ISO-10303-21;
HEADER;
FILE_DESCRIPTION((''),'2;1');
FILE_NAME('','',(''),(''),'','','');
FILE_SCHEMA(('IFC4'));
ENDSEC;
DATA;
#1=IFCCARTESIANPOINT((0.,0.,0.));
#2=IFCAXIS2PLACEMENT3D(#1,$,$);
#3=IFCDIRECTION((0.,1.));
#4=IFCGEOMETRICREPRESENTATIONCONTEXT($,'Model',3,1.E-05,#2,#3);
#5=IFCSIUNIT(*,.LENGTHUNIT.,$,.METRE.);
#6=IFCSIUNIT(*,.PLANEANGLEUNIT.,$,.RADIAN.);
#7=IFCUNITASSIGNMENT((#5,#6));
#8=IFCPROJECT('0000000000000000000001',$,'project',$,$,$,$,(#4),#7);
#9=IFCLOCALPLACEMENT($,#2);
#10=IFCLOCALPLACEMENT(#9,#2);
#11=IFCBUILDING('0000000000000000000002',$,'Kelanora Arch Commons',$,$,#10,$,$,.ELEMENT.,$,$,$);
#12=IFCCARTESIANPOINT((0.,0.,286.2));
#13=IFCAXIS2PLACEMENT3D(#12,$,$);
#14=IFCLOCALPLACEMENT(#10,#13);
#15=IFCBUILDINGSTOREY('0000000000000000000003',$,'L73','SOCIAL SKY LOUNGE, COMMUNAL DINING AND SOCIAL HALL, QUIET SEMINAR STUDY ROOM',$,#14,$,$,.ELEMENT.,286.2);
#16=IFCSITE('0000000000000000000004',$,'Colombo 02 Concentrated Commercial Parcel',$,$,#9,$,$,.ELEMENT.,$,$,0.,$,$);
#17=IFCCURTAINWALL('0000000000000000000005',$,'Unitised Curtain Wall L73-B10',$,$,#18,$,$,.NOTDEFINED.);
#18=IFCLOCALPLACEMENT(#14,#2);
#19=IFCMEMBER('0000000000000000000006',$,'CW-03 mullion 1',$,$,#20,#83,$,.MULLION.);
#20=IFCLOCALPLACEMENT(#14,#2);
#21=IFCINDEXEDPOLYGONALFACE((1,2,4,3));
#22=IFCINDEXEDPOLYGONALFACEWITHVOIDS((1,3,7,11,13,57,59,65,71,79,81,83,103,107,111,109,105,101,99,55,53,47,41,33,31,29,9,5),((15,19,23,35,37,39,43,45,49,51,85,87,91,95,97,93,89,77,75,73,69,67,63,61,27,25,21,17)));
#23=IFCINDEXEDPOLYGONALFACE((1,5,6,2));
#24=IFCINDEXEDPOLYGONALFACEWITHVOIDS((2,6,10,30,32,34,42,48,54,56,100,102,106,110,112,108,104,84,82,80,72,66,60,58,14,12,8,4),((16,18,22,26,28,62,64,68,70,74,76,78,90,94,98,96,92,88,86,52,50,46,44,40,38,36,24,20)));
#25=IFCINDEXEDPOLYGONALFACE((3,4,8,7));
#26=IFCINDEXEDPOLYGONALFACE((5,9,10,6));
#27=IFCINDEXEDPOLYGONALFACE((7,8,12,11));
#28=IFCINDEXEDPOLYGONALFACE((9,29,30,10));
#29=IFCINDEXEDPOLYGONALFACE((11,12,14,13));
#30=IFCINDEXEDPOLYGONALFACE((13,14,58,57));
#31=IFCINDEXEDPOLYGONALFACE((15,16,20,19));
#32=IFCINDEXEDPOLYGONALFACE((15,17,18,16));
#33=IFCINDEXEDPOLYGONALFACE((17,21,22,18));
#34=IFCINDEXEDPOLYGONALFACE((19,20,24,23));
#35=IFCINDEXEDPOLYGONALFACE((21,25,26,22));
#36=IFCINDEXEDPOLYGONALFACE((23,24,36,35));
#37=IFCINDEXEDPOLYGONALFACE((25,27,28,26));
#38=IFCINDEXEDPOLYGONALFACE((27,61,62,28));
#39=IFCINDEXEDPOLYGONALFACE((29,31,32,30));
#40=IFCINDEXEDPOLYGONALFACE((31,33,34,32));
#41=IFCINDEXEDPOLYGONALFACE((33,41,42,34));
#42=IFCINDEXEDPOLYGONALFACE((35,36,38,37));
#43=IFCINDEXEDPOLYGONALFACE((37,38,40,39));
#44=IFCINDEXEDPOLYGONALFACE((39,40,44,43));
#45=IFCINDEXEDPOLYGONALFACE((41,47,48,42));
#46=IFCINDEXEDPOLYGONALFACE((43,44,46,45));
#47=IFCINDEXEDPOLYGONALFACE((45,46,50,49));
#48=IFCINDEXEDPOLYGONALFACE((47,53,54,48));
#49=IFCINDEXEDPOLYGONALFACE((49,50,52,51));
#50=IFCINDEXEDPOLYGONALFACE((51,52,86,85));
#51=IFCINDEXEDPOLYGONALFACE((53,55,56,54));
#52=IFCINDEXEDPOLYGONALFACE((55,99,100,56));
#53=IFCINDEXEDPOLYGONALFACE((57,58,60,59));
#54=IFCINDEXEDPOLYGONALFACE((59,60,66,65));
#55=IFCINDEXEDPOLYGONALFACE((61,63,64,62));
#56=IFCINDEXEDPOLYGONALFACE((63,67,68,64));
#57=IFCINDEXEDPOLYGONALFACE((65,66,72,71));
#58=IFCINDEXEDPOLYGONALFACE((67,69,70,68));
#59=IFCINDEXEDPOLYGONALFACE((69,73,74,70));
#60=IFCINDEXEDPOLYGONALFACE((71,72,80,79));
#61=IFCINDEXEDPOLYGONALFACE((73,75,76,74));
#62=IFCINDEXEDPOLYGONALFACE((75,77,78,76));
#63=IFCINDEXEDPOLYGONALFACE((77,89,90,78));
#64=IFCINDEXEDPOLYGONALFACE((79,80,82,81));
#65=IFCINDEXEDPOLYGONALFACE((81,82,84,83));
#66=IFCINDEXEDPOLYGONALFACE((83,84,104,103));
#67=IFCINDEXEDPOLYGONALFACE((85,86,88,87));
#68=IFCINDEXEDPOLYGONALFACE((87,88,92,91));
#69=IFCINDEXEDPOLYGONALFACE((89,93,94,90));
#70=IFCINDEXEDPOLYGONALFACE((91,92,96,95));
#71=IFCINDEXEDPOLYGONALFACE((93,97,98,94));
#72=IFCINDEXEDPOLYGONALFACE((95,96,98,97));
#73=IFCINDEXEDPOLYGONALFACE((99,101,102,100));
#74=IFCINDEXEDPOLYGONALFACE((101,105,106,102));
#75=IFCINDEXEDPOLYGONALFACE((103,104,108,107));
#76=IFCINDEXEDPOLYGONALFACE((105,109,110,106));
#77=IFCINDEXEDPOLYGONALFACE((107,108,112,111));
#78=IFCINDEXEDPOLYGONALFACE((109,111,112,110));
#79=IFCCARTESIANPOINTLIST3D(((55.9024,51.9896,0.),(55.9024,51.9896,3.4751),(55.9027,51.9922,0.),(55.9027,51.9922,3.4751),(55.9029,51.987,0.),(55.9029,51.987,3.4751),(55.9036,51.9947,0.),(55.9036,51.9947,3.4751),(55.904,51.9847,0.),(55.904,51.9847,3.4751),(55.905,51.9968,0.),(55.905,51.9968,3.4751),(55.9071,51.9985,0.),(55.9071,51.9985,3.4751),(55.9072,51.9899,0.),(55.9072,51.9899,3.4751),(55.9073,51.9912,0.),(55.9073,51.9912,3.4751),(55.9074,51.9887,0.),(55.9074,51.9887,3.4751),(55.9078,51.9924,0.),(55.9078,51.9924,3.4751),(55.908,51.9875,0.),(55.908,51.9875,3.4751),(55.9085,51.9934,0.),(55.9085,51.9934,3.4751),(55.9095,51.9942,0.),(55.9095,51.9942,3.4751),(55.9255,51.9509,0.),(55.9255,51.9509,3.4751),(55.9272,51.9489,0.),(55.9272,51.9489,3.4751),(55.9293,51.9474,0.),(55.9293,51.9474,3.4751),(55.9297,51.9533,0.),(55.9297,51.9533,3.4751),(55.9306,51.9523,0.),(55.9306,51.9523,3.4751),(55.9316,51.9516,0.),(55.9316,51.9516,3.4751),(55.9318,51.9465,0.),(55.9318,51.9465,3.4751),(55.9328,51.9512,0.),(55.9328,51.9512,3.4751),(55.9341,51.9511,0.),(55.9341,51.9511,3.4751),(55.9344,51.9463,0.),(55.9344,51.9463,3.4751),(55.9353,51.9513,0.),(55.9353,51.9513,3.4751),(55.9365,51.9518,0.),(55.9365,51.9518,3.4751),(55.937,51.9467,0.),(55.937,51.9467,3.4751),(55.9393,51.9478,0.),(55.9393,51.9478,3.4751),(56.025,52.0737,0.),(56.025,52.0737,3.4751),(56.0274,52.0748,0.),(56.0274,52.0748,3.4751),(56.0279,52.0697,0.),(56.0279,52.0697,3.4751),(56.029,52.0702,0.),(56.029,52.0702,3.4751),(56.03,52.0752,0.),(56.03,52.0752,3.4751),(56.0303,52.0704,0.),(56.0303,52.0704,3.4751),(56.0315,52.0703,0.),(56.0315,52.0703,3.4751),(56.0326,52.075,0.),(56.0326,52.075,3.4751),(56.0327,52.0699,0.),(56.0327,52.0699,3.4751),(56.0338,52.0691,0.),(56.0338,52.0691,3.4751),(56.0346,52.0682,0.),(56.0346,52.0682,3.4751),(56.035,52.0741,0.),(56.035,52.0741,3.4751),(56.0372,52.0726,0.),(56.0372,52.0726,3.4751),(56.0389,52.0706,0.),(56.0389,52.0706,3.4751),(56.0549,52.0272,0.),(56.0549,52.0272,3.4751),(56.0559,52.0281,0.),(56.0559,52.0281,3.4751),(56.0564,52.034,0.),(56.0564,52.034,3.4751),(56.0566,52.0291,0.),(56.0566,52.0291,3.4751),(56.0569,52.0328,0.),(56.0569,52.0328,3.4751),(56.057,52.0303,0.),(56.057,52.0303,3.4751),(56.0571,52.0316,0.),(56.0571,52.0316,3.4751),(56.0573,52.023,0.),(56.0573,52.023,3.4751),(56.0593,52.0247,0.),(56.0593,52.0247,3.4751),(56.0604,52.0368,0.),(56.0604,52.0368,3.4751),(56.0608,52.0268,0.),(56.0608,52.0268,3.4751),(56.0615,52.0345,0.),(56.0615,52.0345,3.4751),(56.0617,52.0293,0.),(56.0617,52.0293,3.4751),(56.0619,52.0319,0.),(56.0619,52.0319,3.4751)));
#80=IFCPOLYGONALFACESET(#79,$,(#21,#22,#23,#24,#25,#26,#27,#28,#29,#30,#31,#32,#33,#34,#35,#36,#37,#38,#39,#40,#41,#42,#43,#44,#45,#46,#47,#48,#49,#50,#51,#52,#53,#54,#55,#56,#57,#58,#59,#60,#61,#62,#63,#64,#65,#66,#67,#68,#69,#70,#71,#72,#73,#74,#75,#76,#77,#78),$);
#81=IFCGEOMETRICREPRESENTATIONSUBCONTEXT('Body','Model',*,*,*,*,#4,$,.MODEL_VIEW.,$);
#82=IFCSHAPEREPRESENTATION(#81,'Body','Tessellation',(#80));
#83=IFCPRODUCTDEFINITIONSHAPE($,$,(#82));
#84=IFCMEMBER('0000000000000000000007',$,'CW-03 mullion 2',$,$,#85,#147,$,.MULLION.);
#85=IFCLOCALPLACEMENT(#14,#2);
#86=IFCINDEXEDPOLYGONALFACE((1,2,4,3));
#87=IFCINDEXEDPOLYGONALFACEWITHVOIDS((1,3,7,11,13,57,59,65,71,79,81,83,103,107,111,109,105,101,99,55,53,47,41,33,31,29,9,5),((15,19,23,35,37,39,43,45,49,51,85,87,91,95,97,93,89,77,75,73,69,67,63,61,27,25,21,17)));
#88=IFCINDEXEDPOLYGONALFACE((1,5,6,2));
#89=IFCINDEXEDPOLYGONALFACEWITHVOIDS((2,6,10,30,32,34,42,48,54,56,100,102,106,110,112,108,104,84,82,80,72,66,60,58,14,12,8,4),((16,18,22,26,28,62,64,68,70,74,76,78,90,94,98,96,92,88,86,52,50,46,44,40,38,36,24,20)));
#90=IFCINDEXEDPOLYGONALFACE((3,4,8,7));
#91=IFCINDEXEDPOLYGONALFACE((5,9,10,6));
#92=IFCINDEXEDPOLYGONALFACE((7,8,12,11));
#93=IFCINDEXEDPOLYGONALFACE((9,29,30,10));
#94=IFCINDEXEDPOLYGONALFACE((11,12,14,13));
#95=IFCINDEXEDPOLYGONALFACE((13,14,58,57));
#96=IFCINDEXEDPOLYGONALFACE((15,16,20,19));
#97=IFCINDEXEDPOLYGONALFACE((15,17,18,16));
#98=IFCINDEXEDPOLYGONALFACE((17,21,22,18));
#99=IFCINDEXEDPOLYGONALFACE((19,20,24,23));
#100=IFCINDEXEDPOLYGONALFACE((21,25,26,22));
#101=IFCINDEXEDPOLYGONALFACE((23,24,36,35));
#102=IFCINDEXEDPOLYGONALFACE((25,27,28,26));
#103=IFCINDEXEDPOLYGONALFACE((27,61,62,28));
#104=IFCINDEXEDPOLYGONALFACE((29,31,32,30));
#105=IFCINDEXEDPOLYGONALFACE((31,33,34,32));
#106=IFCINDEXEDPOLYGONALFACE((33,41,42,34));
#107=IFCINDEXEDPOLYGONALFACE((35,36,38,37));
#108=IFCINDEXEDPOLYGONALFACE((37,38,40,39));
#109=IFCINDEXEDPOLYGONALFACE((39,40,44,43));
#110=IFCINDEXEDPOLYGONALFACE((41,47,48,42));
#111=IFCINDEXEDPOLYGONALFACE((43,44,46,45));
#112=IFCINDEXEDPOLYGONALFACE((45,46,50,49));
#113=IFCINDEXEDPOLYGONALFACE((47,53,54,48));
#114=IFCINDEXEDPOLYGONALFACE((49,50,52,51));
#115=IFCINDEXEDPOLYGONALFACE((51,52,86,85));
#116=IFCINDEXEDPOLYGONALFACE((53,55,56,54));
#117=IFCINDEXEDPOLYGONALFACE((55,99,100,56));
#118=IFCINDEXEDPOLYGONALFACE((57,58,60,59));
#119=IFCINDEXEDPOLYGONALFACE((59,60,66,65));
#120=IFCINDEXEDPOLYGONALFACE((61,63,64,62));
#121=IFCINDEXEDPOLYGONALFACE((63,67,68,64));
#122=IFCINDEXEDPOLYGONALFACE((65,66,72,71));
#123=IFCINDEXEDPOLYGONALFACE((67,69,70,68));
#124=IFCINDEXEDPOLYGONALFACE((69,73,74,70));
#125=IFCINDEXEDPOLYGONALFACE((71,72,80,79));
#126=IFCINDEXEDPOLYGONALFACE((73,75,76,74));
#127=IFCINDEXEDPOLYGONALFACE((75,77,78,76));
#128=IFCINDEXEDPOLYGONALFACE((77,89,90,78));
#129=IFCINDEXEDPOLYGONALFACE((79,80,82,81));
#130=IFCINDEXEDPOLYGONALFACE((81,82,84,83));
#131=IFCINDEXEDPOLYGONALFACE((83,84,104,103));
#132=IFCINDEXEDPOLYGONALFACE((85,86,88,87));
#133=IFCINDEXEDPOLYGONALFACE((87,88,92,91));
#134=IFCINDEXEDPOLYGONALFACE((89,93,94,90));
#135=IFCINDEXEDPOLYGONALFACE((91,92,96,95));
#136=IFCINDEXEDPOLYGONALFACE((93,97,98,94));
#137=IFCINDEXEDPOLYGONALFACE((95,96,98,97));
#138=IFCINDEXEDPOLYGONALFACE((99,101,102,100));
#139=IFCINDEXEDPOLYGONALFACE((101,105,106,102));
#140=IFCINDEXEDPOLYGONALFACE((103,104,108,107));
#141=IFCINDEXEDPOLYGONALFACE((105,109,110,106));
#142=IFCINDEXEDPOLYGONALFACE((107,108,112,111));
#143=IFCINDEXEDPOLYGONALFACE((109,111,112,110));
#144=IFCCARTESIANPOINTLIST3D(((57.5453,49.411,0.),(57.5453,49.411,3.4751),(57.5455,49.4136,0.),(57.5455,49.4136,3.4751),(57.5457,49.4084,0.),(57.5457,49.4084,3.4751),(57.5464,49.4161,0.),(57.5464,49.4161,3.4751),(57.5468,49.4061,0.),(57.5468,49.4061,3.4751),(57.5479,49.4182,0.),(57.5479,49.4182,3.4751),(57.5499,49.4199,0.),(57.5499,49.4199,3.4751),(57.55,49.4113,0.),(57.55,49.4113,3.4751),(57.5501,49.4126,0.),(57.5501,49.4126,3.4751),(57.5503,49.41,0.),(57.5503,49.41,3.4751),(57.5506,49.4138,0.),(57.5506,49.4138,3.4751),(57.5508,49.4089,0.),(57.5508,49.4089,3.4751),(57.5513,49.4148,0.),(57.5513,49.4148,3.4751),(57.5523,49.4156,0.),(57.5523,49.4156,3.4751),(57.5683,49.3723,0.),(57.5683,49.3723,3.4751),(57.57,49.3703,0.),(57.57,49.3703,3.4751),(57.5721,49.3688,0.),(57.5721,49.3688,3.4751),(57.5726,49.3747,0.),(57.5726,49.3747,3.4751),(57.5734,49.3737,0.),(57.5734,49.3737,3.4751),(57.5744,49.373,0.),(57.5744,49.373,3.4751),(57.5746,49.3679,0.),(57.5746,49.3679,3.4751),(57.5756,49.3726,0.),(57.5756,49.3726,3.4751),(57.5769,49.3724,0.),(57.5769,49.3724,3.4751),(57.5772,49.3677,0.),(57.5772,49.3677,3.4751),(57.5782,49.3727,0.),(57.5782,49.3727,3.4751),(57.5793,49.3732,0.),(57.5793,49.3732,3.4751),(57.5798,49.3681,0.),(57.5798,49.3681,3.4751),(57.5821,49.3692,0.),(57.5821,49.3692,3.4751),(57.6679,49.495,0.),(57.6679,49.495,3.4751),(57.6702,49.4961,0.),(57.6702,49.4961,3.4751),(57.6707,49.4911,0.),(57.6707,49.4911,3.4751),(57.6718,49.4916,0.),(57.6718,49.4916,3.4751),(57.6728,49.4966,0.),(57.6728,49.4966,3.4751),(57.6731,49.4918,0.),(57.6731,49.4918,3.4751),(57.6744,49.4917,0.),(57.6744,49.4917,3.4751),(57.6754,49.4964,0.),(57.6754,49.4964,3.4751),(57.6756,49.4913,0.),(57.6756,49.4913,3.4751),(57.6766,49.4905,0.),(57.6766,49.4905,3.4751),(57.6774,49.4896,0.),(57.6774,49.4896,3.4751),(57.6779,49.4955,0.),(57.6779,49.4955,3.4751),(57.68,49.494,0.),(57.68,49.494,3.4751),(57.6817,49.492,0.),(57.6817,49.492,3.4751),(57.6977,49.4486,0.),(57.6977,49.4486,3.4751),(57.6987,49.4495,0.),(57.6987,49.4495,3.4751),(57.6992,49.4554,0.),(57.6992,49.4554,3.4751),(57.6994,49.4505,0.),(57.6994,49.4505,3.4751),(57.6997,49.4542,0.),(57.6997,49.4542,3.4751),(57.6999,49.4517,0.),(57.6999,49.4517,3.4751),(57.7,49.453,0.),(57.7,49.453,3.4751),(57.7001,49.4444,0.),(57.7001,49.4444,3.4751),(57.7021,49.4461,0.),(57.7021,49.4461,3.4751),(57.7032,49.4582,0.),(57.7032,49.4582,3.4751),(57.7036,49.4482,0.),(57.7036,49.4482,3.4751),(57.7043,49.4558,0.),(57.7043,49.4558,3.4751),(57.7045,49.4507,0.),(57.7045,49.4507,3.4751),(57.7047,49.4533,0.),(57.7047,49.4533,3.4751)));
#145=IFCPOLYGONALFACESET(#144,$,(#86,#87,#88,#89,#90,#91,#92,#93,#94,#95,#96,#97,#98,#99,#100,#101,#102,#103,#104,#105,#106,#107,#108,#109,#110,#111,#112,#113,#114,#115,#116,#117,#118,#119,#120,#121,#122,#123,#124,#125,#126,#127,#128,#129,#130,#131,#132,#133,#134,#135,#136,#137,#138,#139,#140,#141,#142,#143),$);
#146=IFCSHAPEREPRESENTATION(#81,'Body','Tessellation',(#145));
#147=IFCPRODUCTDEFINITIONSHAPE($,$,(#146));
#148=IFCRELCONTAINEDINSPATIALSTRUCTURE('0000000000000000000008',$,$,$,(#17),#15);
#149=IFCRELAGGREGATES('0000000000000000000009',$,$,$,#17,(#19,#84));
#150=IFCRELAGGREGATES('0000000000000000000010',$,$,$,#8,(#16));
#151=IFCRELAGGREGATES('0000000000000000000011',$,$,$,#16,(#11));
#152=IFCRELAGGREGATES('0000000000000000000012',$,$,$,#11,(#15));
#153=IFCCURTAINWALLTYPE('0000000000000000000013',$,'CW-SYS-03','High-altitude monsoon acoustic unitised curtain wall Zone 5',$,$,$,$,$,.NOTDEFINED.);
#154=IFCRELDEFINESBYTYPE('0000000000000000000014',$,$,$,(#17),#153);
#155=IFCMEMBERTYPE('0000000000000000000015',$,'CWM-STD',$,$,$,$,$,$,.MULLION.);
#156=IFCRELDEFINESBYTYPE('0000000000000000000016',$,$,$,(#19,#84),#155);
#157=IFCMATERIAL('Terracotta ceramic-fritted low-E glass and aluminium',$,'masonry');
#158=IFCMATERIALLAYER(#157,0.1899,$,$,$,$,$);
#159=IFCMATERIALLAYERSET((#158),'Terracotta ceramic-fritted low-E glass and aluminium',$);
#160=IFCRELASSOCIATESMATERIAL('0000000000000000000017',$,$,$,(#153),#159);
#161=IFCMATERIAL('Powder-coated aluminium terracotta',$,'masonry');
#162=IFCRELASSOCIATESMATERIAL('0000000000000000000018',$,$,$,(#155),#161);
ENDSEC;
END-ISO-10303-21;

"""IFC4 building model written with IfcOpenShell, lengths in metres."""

from ifc_helpers import new_model, si_unit, direction, frame, origin, origin_2d, place, context, subcontext, project, spatial, hollow_rectangle, extrude, material, layer, layer_set, material_profile, profile_set, type_object, element, aggregate, save


model = new_model("IFC4")

# Units and contexts
model_context = context("Model", 3, precision=1e-05, world=origin(), true_north=direction((0.0, 1.0)))
body_context = subcontext(model_context, "Body", "Model", "MODEL_VIEW")
ifc_project = project(units=[si_unit("LENGTHUNIT", "METRE"), si_unit("PLANEANGLEUNIT", "RADIAN")], contexts=[model_context])

# Site, building, storey
site_placement = place(None, origin())
site = spatial("IfcSite", under=ifc_project, at=site_placement, Name="Colombo 02 Concentrated Commercial Parcel", CompositionType="ELEMENT", RefElevation=0.0)
building_placement = place(site_placement, origin())
building = spatial("IfcBuilding", under=site, at=building_placement, Name="Kelanora Arch Commons", CompositionType="ELEMENT")
storey_placement = place(building_placement, frame((0.0, 0.0, 286.2)))
storey = spatial("IfcBuildingStorey", under=building, at=storey_placement, Name="L73", Description="SOCIAL SKY LOUNGE, COMMUNAL DINING AND SOCIAL HALL, QUIET SEMINAR STUDY ROOM", CompositionType="ELEMENT", Elevation=286.2)

# Curtain wall, members
ifc_material_1 = material(Name="Terracotta ceramic-fritted low-E glass and aluminium", Category="masonry")
ifc_layer_1 = layer(ifc_material_1, 0.1899)
ifc_layer_set_1 = layer_set([ifc_layer_1], Name="Terracotta ceramic-fritted low-E glass and aluminium")
curtain_wall_type = type_object("IfcCurtainWallType", Name="CW-SYS-03", Description="High-altitude monsoon acoustic unitised curtain wall Zone 5", PredefinedType="NOTDEFINED", material=ifc_layer_set_1)
curtain_wall_placement = place(storey_placement, origin())
curtain_wall = element("IfcCurtainWall", 1, at=curtain_wall_placement, inside=storey, type_object=curtain_wall_type, Name="Unitised Curtain Wall L73-B10", PredefinedType="NOTDEFINED")
ifc_material_2 = material(Name="Powder-coated aluminium terracotta", Category="masonry")
ifc_material_profile_1 = material_profile(ifc_material_2, hollow_rectangle(XDim=0.1599, YDim=0.0601, WallThickness=0.0049, InnerFilletRadius=0.0049, OuterFilletRadius=0.01, at=origin_2d()), Name="CWM160x60")
ifc_profile_set_1 = profile_set([ifc_material_profile_1], Name="Powder-coated aluminium terracotta")
member_type_1 = type_object("IfcMemberType", Name="CWM-STD", PredefinedType="MULLION", material=ifc_profile_set_1)
member_1_placement = place(storey_placement, frame((55.9822, 52.0107, 0.0), z_axis=(0.0, 0.0, 1.0), x_axis=(0.843391, 0.5373, 0.0)))
member_1 = element("IfcMember", 2, at=member_1_placement, type_object=member_type_1, Name="CW-03 mullion 1", PredefinedType="MULLION", context=body_context, shape_type="SweptSolid", body=[
    extrude(hollow_rectangle(XDim=0.1599, YDim=0.0601, WallThickness=0.0049, InnerFilletRadius=0.0049, OuterFilletRadius=0.01, at=origin_2d()), origin(), (0.0, 0.0, 1.0), 3.4751),
])
member_2_placement = place(storey_placement, frame((57.625, 49.4321, 0.0), z_axis=(0.0, 0.0, 1.0), x_axis=(0.843391, 0.5373, 0.0)))
member_2 = element("IfcMember", 3, at=member_2_placement, type_object=member_type_1, Name="CW-03 mullion 2", PredefinedType="MULLION", context=body_context, shape_type="SweptSolid", body=[
    extrude(hollow_rectangle(XDim=0.1599, YDim=0.0601, WallThickness=0.0049, InnerFilletRadius=0.0049, OuterFilletRadius=0.01, at=origin_2d()), origin(), (0.0, 0.0, 1.0), 3.4751),
])

aggregate(curtain_wall, [member_1, member_2])

save(model, "model.ifc")
